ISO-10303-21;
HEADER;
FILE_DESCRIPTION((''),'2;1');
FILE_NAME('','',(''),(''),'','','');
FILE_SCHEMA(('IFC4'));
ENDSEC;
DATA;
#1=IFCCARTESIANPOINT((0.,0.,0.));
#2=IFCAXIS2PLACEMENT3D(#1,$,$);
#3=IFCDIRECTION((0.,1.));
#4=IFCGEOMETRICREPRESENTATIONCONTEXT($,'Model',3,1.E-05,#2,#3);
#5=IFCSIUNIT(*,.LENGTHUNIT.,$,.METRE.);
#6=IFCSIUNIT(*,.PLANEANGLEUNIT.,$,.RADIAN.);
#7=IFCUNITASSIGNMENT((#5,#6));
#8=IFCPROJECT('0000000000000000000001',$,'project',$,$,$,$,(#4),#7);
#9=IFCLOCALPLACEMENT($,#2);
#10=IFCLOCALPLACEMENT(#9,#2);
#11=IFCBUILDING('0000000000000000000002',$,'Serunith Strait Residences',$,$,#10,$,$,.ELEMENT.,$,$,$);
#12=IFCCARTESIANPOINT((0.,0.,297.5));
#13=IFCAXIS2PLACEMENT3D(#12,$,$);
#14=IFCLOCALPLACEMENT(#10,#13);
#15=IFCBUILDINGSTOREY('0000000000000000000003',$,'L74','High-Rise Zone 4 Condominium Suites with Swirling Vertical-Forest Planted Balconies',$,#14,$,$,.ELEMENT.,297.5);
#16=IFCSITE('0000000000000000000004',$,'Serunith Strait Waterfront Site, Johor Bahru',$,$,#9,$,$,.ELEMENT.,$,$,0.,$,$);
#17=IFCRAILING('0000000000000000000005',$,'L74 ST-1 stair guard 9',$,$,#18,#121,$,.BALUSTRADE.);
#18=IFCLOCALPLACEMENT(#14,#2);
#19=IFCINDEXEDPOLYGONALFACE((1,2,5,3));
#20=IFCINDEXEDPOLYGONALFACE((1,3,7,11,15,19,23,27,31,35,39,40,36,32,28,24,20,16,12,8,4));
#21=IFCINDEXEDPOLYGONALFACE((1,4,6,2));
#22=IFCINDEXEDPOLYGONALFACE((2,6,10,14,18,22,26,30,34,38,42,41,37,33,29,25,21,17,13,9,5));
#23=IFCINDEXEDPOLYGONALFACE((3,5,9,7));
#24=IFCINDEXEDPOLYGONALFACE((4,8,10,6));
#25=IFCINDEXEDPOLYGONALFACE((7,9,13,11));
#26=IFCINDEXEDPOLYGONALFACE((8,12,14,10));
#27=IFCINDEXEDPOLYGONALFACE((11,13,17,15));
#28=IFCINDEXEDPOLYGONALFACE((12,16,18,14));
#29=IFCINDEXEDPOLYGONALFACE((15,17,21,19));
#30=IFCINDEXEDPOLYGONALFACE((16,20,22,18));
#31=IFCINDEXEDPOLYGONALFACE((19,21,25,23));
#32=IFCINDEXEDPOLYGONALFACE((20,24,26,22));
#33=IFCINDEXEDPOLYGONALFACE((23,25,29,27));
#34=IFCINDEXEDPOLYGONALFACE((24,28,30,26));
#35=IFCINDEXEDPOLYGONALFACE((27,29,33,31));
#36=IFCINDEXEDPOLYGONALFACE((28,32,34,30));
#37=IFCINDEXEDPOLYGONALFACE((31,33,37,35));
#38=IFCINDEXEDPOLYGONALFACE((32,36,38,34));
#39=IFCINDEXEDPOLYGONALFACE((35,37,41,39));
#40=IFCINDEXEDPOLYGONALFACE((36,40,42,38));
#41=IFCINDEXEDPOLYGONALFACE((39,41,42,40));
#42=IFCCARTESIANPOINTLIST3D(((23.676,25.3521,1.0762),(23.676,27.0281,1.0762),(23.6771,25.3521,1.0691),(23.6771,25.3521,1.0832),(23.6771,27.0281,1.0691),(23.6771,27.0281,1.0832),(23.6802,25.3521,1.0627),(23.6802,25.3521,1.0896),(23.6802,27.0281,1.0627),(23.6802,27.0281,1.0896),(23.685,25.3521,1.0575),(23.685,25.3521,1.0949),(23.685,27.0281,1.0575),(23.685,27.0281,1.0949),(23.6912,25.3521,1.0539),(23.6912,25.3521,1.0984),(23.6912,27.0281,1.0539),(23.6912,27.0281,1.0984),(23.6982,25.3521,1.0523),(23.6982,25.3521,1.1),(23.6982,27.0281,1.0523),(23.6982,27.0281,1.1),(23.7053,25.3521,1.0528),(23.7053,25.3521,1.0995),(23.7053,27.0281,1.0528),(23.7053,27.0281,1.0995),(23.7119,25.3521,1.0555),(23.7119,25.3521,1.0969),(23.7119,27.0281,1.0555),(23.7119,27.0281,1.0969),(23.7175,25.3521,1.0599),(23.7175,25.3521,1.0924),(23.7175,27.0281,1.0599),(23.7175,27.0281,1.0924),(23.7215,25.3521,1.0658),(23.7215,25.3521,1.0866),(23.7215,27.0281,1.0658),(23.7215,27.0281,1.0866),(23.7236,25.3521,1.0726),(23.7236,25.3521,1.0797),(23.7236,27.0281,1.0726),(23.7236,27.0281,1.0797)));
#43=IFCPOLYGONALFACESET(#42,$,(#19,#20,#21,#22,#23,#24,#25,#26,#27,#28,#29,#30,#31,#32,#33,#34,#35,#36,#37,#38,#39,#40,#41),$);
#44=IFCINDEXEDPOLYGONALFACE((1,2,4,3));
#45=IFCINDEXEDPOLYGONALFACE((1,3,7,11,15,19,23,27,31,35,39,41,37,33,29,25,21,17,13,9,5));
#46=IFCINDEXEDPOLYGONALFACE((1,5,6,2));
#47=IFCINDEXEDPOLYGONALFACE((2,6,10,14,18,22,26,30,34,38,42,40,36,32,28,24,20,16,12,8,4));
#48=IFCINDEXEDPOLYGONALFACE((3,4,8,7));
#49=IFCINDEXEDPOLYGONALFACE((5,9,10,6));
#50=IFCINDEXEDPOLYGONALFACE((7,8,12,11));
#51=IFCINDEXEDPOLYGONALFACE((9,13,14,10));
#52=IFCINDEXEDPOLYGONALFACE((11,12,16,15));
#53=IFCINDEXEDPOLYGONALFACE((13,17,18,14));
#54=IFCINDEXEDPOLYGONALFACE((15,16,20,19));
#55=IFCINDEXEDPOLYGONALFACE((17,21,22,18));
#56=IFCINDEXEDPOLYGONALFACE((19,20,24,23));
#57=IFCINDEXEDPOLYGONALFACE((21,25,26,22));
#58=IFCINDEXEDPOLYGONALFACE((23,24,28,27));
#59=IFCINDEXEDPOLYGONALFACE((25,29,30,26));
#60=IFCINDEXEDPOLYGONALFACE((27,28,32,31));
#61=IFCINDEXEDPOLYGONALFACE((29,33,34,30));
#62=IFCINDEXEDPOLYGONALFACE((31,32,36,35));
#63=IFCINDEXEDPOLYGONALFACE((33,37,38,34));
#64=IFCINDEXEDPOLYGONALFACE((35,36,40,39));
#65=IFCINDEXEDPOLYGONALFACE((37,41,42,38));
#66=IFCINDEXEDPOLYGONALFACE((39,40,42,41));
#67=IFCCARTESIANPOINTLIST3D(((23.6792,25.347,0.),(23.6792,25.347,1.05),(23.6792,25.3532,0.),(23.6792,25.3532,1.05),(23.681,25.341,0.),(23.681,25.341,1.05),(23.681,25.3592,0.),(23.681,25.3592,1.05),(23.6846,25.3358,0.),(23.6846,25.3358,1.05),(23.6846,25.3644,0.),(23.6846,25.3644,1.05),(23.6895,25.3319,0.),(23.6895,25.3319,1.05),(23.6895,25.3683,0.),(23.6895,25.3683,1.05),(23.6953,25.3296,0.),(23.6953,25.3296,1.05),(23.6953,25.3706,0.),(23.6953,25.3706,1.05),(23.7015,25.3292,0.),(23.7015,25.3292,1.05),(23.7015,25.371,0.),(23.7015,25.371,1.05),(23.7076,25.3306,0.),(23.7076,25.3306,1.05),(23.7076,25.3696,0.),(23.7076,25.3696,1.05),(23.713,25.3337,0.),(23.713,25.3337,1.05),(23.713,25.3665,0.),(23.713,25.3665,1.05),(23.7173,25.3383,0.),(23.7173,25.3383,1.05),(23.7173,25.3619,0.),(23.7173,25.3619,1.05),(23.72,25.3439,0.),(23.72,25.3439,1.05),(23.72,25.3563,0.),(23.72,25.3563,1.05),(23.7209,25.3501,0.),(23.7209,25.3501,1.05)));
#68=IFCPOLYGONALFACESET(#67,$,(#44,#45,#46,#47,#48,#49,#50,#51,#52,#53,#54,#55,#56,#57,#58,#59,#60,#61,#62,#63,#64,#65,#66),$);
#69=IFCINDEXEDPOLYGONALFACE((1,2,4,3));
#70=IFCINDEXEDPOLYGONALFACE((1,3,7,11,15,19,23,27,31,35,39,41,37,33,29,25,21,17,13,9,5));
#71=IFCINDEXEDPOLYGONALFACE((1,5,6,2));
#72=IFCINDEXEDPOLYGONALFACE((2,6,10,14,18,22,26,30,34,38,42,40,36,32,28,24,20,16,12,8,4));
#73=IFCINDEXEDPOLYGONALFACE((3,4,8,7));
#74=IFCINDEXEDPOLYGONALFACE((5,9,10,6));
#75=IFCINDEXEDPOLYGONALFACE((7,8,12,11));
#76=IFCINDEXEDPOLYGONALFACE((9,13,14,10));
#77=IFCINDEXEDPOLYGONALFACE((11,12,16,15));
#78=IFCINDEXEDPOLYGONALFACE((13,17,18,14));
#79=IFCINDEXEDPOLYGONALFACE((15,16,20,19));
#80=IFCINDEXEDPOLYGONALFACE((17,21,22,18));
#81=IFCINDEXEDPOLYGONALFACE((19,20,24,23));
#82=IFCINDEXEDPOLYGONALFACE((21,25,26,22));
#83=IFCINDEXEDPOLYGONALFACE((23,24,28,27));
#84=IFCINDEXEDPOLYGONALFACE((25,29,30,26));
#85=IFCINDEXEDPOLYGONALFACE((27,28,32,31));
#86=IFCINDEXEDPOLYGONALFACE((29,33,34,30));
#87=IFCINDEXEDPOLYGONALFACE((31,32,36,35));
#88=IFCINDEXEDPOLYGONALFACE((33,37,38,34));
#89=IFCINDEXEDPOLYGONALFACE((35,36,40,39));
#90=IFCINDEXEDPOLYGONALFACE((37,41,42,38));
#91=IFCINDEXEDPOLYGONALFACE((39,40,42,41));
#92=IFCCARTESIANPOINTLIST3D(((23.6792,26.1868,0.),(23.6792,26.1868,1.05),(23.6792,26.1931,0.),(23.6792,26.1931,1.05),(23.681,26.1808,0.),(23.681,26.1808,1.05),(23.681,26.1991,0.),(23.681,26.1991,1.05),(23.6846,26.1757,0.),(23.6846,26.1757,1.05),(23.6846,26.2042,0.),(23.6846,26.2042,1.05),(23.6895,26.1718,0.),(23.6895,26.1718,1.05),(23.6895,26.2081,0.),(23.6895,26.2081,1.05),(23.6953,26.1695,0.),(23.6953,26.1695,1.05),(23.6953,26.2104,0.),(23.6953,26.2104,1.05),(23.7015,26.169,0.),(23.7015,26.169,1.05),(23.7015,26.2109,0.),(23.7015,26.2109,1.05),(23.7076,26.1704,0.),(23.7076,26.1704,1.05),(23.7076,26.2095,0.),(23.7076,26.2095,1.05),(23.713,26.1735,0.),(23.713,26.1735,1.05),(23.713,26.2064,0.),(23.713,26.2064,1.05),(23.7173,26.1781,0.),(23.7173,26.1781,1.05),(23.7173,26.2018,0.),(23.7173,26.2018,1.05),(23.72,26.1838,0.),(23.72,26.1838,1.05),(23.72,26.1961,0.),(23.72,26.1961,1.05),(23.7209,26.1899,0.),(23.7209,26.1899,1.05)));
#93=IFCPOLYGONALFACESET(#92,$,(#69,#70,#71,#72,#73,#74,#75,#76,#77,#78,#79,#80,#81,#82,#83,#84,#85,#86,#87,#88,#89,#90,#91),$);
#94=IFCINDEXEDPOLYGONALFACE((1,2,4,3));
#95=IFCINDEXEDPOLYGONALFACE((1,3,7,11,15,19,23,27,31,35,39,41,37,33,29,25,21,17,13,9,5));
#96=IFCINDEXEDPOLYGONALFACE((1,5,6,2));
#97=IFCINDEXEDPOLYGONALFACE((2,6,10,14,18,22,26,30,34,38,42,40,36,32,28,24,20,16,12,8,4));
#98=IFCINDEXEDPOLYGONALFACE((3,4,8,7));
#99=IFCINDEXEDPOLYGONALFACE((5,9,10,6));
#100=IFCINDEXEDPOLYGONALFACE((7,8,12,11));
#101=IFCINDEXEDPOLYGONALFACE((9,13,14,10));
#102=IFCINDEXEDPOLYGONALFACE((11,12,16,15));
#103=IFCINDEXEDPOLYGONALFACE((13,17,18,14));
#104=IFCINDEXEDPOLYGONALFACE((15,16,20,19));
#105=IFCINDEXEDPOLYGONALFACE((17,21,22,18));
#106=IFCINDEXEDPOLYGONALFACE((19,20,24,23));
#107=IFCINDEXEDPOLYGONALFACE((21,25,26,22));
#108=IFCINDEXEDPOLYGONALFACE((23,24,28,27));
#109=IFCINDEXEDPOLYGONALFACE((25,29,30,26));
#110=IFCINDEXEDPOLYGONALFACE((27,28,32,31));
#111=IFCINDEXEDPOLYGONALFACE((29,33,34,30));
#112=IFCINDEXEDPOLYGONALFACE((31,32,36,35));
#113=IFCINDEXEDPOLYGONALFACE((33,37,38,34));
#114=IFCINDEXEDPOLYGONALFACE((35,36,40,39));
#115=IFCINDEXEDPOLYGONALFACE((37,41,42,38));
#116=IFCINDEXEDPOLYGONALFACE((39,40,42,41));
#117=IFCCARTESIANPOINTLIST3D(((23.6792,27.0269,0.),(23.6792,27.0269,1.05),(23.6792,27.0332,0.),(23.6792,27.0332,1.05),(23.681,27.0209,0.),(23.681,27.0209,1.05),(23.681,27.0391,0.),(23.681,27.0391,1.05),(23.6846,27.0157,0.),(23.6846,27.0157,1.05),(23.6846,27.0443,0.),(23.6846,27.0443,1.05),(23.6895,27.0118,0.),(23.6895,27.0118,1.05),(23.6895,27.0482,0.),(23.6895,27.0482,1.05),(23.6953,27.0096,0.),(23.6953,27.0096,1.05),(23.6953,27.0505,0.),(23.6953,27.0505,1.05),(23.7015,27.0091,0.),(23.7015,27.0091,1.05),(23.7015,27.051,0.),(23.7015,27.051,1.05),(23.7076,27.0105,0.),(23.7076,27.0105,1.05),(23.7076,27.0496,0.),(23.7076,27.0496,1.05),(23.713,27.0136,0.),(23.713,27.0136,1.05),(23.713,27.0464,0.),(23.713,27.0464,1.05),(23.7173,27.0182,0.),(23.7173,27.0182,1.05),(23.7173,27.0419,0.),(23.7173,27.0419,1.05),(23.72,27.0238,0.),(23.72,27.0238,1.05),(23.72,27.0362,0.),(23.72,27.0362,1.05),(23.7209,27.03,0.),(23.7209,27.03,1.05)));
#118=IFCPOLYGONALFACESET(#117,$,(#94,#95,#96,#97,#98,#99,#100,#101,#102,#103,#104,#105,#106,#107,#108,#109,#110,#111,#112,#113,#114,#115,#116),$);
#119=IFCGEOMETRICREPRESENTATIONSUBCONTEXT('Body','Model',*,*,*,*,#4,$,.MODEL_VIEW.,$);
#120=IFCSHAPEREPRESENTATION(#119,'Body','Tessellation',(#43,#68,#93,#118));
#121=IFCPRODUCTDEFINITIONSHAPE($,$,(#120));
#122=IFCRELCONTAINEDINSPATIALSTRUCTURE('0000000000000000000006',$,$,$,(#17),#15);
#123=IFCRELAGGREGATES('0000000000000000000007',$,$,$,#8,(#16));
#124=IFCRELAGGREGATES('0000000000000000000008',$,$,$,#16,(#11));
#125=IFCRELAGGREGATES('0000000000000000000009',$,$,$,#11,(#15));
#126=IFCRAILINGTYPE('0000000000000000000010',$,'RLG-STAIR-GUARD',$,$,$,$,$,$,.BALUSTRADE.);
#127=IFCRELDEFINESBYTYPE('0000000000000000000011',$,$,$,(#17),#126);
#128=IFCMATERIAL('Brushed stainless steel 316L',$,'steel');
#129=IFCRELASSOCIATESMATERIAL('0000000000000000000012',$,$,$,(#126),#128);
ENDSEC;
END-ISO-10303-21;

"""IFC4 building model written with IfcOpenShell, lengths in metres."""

from ifc_helpers import new_model, si_unit, direction, frame, origin, origin_2d, place, context, subcontext, project, spatial, circle, extrude, material, type_object, element, save


model = new_model("IFC4")

# Units and contexts
model_context = context("Model", 3, precision=1e-05, world=origin(), true_north=direction((0.0, 1.0)))
body_context = subcontext(model_context, "Body", "Model", "MODEL_VIEW")
ifc_project = project(units=[si_unit("LENGTHUNIT", "METRE"), si_unit("PLANEANGLEUNIT", "RADIAN")], contexts=[model_context])

# Site, building, storey
site_placement = place(None, origin())
site = spatial("IfcSite", under=ifc_project, at=site_placement, Name="Serunith Strait Waterfront Site, Johor Bahru", CompositionType="ELEMENT", RefElevation=0.0)
building_placement = place(site_placement, origin())
building = spatial("IfcBuilding", under=site, at=building_placement, Name="Serunith Strait Residences", CompositionType="ELEMENT")
storey_placement = place(building_placement, frame((0.0, 0.0, 297.5)))
storey = spatial("IfcBuildingStorey", under=building, at=storey_placement, Name="L74", Description="High-Rise Zone 4 Condominium Suites with Swirling Vertical-Forest Planted Balconies", CompositionType="ELEMENT", Elevation=297.5)

# Railing
ifc_material_1 = material(Name="Brushed stainless steel 316L", Category="steel")
railing_type_1 = type_object("IfcRailingType", Name="RLG-STAIR-GUARD", PredefinedType="BALUSTRADE", material=ifc_material_1)
for number, where, name in (
    (1, (23.7, 25.3501, 0.0), "L74 ST-1 stair guard 9"),
):
    element("IfcRailing", number, at=place(storey_placement, frame(where)), inside=storey, type_object=railing_type_1, Name=name, PredefinedType="BALUSTRADE", context=body_context, shape_type="SweptSolid", body=[
        extrude(circle(Radius=0.0239, at=origin_2d()), frame((0.0, 0.002, 1.0762), z_axis=(0.0, 1.0, 0.0), x_axis=(-1.0, 0.0, 0.0)), (0.0, 0.0, 1.0), 1.676),
        extrude(circle(Radius=0.021, at=origin_2d()), origin(), (0.0, 0.0, 1.0), 1.05),
        extrude(circle(Radius=0.021, at=origin_2d()), frame((0.0, 0.8398, 0.0)), (0.0, 0.0, 1.0), 1.05),
        extrude(circle(Radius=0.021, at=origin_2d()), frame((0.0, 1.6799, 0.0)), (0.0, 0.0, 1.0), 1.05),
    ])

save(model, "model.ifc")
